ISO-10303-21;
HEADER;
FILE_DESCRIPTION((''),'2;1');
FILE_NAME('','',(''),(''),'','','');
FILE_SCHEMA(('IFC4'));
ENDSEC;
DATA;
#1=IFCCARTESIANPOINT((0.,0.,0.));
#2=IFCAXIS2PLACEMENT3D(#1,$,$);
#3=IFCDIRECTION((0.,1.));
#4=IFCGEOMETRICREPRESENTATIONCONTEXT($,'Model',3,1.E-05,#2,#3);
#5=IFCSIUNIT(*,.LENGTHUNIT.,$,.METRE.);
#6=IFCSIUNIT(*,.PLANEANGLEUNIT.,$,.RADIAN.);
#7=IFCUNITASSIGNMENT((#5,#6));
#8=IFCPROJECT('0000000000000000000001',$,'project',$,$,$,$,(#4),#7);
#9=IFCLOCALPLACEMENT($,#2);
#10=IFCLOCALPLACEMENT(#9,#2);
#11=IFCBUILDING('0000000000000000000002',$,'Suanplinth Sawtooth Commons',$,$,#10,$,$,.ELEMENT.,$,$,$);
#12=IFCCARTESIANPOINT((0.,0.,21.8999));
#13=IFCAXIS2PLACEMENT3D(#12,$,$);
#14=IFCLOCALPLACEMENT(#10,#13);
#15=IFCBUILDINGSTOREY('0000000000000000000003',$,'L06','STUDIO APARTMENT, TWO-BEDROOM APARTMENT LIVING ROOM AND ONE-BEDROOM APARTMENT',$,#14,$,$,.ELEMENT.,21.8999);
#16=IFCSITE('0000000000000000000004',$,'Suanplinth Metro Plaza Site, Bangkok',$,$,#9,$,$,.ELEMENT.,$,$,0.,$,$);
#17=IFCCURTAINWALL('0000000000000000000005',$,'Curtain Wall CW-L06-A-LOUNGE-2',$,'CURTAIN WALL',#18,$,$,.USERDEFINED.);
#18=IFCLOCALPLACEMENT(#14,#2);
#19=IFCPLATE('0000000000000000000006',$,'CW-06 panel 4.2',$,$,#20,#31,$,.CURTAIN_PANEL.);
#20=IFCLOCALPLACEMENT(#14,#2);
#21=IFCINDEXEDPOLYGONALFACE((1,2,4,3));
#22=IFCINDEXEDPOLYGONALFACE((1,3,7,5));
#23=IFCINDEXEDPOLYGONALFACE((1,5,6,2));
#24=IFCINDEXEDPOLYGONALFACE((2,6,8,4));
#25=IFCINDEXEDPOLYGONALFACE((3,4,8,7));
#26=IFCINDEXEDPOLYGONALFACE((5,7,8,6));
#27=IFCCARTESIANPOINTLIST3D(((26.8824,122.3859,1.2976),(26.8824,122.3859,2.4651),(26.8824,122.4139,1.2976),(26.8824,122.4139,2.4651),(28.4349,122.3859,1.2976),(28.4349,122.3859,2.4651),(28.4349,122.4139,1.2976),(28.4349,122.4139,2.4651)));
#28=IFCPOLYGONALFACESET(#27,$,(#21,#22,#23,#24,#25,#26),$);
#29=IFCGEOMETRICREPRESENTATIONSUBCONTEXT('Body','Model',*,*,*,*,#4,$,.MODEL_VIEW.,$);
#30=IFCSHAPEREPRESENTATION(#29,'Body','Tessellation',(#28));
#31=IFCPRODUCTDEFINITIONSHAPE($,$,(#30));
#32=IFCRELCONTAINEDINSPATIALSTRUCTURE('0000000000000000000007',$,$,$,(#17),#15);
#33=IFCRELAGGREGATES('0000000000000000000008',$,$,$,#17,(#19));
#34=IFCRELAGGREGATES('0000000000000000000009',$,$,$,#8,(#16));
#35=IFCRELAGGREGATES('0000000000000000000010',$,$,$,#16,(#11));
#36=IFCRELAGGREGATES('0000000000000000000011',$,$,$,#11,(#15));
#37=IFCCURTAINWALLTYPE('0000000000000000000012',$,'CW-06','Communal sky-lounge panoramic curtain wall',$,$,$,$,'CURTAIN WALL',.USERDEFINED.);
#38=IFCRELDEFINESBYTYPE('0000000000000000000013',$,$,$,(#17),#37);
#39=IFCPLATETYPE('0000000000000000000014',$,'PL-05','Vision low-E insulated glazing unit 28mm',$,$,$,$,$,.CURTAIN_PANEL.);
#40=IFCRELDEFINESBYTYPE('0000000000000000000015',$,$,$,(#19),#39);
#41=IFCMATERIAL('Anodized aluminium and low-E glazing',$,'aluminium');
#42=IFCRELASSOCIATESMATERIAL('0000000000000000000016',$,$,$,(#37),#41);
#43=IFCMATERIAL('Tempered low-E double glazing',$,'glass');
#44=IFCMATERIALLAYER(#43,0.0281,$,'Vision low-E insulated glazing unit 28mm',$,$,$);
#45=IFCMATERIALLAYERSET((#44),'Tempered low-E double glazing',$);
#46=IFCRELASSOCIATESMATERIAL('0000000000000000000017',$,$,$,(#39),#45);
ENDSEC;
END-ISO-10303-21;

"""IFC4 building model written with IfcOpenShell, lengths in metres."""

from ifc_helpers import new_model, si_unit, direction, frame, origin, origin_2d, place, context, subcontext, project, spatial, rectangle, extrude, material, layer, layer_set, type_object, element, aggregate, save


model = new_model("IFC4")

# Units and contexts
model_context = context("Model", 3, precision=1e-05, world=origin(), true_north=direction((0.0, 1.0)))
body_context = subcontext(model_context, "Body", "Model", "MODEL_VIEW")
ifc_project = project(units=[si_unit("LENGTHUNIT", "METRE"), si_unit("PLANEANGLEUNIT", "RADIAN")], contexts=[model_context])

# Site, building, storey
site_placement = place(None, origin())
site = spatial("IfcSite", under=ifc_project, at=site_placement, Name="Suanplinth Metro Plaza Site, Bangkok", CompositionType="ELEMENT", RefElevation=0.0)
building_placement = place(site_placement, origin())
building = spatial("IfcBuilding", under=site, at=building_placement, Name="Suanplinth Sawtooth Commons", CompositionType="ELEMENT")
storey_placement = place(building_placement, frame((0.0, 0.0, 21.8999)))
storey = spatial("IfcBuildingStorey", under=building, at=storey_placement, Name="L06", Description="STUDIO APARTMENT, TWO-BEDROOM APARTMENT LIVING ROOM AND ONE-BEDROOM APARTMENT", CompositionType="ELEMENT", Elevation=21.8999)

# Curtain wall
ifc_material_1 = material(Name="Anodized aluminium and low-E glazing", Category="aluminium")
curtain_wall_type = type_object("IfcCurtainWallType", Name="CW-06", Description="Communal sky-lounge panoramic curtain wall", ElementType="CURTAIN WALL", PredefinedType="USERDEFINED", material=ifc_material_1)
curtain_wall_placement = place(storey_placement, origin())
curtain_wall = element("IfcCurtainWall", 1, at=curtain_wall_placement, inside=storey, type_object=curtain_wall_type, Name="Curtain Wall CW-L06-A-LOUNGE-2", ObjectType="CURTAIN WALL", PredefinedType="USERDEFINED")

# Plate
ifc_material_2 = material(Name="Tempered low-E double glazing", Category="glass")
ifc_layer_1 = layer(ifc_material_2, 0.0281, Name="Vision low-E insulated glazing unit 28mm")
ifc_layer_set_1 = layer_set([ifc_layer_1], Name="Tempered low-E double glazing")
plate_type_1 = type_object("IfcPlateType", Name="PL-05", Description="Vision low-E insulated glazing unit 28mm", PredefinedType="CURTAIN_PANEL", material=ifc_layer_set_1)
plate_1_placement = place(storey_placement, frame((27.6587, 122.3999, 1.2976), z_axis=(0.0, 0.0, 1.0), x_axis=(1.0, 0.0, 0.0)))
plate_1 = element("IfcPlate", 2, at=plate_1_placement, type_object=plate_type_1, Name="CW-06 panel 4.2", PredefinedType="CURTAIN_PANEL", context=body_context, shape_type="SweptSolid", body=[
    extrude(rectangle(XDim=1.5525, YDim=0.0281, at=origin_2d()), origin(), (0.0, 0.0, 1.0), 1.1675),
])
aggregate(curtain_wall, [plate_1])

save(model, "model.ifc")
